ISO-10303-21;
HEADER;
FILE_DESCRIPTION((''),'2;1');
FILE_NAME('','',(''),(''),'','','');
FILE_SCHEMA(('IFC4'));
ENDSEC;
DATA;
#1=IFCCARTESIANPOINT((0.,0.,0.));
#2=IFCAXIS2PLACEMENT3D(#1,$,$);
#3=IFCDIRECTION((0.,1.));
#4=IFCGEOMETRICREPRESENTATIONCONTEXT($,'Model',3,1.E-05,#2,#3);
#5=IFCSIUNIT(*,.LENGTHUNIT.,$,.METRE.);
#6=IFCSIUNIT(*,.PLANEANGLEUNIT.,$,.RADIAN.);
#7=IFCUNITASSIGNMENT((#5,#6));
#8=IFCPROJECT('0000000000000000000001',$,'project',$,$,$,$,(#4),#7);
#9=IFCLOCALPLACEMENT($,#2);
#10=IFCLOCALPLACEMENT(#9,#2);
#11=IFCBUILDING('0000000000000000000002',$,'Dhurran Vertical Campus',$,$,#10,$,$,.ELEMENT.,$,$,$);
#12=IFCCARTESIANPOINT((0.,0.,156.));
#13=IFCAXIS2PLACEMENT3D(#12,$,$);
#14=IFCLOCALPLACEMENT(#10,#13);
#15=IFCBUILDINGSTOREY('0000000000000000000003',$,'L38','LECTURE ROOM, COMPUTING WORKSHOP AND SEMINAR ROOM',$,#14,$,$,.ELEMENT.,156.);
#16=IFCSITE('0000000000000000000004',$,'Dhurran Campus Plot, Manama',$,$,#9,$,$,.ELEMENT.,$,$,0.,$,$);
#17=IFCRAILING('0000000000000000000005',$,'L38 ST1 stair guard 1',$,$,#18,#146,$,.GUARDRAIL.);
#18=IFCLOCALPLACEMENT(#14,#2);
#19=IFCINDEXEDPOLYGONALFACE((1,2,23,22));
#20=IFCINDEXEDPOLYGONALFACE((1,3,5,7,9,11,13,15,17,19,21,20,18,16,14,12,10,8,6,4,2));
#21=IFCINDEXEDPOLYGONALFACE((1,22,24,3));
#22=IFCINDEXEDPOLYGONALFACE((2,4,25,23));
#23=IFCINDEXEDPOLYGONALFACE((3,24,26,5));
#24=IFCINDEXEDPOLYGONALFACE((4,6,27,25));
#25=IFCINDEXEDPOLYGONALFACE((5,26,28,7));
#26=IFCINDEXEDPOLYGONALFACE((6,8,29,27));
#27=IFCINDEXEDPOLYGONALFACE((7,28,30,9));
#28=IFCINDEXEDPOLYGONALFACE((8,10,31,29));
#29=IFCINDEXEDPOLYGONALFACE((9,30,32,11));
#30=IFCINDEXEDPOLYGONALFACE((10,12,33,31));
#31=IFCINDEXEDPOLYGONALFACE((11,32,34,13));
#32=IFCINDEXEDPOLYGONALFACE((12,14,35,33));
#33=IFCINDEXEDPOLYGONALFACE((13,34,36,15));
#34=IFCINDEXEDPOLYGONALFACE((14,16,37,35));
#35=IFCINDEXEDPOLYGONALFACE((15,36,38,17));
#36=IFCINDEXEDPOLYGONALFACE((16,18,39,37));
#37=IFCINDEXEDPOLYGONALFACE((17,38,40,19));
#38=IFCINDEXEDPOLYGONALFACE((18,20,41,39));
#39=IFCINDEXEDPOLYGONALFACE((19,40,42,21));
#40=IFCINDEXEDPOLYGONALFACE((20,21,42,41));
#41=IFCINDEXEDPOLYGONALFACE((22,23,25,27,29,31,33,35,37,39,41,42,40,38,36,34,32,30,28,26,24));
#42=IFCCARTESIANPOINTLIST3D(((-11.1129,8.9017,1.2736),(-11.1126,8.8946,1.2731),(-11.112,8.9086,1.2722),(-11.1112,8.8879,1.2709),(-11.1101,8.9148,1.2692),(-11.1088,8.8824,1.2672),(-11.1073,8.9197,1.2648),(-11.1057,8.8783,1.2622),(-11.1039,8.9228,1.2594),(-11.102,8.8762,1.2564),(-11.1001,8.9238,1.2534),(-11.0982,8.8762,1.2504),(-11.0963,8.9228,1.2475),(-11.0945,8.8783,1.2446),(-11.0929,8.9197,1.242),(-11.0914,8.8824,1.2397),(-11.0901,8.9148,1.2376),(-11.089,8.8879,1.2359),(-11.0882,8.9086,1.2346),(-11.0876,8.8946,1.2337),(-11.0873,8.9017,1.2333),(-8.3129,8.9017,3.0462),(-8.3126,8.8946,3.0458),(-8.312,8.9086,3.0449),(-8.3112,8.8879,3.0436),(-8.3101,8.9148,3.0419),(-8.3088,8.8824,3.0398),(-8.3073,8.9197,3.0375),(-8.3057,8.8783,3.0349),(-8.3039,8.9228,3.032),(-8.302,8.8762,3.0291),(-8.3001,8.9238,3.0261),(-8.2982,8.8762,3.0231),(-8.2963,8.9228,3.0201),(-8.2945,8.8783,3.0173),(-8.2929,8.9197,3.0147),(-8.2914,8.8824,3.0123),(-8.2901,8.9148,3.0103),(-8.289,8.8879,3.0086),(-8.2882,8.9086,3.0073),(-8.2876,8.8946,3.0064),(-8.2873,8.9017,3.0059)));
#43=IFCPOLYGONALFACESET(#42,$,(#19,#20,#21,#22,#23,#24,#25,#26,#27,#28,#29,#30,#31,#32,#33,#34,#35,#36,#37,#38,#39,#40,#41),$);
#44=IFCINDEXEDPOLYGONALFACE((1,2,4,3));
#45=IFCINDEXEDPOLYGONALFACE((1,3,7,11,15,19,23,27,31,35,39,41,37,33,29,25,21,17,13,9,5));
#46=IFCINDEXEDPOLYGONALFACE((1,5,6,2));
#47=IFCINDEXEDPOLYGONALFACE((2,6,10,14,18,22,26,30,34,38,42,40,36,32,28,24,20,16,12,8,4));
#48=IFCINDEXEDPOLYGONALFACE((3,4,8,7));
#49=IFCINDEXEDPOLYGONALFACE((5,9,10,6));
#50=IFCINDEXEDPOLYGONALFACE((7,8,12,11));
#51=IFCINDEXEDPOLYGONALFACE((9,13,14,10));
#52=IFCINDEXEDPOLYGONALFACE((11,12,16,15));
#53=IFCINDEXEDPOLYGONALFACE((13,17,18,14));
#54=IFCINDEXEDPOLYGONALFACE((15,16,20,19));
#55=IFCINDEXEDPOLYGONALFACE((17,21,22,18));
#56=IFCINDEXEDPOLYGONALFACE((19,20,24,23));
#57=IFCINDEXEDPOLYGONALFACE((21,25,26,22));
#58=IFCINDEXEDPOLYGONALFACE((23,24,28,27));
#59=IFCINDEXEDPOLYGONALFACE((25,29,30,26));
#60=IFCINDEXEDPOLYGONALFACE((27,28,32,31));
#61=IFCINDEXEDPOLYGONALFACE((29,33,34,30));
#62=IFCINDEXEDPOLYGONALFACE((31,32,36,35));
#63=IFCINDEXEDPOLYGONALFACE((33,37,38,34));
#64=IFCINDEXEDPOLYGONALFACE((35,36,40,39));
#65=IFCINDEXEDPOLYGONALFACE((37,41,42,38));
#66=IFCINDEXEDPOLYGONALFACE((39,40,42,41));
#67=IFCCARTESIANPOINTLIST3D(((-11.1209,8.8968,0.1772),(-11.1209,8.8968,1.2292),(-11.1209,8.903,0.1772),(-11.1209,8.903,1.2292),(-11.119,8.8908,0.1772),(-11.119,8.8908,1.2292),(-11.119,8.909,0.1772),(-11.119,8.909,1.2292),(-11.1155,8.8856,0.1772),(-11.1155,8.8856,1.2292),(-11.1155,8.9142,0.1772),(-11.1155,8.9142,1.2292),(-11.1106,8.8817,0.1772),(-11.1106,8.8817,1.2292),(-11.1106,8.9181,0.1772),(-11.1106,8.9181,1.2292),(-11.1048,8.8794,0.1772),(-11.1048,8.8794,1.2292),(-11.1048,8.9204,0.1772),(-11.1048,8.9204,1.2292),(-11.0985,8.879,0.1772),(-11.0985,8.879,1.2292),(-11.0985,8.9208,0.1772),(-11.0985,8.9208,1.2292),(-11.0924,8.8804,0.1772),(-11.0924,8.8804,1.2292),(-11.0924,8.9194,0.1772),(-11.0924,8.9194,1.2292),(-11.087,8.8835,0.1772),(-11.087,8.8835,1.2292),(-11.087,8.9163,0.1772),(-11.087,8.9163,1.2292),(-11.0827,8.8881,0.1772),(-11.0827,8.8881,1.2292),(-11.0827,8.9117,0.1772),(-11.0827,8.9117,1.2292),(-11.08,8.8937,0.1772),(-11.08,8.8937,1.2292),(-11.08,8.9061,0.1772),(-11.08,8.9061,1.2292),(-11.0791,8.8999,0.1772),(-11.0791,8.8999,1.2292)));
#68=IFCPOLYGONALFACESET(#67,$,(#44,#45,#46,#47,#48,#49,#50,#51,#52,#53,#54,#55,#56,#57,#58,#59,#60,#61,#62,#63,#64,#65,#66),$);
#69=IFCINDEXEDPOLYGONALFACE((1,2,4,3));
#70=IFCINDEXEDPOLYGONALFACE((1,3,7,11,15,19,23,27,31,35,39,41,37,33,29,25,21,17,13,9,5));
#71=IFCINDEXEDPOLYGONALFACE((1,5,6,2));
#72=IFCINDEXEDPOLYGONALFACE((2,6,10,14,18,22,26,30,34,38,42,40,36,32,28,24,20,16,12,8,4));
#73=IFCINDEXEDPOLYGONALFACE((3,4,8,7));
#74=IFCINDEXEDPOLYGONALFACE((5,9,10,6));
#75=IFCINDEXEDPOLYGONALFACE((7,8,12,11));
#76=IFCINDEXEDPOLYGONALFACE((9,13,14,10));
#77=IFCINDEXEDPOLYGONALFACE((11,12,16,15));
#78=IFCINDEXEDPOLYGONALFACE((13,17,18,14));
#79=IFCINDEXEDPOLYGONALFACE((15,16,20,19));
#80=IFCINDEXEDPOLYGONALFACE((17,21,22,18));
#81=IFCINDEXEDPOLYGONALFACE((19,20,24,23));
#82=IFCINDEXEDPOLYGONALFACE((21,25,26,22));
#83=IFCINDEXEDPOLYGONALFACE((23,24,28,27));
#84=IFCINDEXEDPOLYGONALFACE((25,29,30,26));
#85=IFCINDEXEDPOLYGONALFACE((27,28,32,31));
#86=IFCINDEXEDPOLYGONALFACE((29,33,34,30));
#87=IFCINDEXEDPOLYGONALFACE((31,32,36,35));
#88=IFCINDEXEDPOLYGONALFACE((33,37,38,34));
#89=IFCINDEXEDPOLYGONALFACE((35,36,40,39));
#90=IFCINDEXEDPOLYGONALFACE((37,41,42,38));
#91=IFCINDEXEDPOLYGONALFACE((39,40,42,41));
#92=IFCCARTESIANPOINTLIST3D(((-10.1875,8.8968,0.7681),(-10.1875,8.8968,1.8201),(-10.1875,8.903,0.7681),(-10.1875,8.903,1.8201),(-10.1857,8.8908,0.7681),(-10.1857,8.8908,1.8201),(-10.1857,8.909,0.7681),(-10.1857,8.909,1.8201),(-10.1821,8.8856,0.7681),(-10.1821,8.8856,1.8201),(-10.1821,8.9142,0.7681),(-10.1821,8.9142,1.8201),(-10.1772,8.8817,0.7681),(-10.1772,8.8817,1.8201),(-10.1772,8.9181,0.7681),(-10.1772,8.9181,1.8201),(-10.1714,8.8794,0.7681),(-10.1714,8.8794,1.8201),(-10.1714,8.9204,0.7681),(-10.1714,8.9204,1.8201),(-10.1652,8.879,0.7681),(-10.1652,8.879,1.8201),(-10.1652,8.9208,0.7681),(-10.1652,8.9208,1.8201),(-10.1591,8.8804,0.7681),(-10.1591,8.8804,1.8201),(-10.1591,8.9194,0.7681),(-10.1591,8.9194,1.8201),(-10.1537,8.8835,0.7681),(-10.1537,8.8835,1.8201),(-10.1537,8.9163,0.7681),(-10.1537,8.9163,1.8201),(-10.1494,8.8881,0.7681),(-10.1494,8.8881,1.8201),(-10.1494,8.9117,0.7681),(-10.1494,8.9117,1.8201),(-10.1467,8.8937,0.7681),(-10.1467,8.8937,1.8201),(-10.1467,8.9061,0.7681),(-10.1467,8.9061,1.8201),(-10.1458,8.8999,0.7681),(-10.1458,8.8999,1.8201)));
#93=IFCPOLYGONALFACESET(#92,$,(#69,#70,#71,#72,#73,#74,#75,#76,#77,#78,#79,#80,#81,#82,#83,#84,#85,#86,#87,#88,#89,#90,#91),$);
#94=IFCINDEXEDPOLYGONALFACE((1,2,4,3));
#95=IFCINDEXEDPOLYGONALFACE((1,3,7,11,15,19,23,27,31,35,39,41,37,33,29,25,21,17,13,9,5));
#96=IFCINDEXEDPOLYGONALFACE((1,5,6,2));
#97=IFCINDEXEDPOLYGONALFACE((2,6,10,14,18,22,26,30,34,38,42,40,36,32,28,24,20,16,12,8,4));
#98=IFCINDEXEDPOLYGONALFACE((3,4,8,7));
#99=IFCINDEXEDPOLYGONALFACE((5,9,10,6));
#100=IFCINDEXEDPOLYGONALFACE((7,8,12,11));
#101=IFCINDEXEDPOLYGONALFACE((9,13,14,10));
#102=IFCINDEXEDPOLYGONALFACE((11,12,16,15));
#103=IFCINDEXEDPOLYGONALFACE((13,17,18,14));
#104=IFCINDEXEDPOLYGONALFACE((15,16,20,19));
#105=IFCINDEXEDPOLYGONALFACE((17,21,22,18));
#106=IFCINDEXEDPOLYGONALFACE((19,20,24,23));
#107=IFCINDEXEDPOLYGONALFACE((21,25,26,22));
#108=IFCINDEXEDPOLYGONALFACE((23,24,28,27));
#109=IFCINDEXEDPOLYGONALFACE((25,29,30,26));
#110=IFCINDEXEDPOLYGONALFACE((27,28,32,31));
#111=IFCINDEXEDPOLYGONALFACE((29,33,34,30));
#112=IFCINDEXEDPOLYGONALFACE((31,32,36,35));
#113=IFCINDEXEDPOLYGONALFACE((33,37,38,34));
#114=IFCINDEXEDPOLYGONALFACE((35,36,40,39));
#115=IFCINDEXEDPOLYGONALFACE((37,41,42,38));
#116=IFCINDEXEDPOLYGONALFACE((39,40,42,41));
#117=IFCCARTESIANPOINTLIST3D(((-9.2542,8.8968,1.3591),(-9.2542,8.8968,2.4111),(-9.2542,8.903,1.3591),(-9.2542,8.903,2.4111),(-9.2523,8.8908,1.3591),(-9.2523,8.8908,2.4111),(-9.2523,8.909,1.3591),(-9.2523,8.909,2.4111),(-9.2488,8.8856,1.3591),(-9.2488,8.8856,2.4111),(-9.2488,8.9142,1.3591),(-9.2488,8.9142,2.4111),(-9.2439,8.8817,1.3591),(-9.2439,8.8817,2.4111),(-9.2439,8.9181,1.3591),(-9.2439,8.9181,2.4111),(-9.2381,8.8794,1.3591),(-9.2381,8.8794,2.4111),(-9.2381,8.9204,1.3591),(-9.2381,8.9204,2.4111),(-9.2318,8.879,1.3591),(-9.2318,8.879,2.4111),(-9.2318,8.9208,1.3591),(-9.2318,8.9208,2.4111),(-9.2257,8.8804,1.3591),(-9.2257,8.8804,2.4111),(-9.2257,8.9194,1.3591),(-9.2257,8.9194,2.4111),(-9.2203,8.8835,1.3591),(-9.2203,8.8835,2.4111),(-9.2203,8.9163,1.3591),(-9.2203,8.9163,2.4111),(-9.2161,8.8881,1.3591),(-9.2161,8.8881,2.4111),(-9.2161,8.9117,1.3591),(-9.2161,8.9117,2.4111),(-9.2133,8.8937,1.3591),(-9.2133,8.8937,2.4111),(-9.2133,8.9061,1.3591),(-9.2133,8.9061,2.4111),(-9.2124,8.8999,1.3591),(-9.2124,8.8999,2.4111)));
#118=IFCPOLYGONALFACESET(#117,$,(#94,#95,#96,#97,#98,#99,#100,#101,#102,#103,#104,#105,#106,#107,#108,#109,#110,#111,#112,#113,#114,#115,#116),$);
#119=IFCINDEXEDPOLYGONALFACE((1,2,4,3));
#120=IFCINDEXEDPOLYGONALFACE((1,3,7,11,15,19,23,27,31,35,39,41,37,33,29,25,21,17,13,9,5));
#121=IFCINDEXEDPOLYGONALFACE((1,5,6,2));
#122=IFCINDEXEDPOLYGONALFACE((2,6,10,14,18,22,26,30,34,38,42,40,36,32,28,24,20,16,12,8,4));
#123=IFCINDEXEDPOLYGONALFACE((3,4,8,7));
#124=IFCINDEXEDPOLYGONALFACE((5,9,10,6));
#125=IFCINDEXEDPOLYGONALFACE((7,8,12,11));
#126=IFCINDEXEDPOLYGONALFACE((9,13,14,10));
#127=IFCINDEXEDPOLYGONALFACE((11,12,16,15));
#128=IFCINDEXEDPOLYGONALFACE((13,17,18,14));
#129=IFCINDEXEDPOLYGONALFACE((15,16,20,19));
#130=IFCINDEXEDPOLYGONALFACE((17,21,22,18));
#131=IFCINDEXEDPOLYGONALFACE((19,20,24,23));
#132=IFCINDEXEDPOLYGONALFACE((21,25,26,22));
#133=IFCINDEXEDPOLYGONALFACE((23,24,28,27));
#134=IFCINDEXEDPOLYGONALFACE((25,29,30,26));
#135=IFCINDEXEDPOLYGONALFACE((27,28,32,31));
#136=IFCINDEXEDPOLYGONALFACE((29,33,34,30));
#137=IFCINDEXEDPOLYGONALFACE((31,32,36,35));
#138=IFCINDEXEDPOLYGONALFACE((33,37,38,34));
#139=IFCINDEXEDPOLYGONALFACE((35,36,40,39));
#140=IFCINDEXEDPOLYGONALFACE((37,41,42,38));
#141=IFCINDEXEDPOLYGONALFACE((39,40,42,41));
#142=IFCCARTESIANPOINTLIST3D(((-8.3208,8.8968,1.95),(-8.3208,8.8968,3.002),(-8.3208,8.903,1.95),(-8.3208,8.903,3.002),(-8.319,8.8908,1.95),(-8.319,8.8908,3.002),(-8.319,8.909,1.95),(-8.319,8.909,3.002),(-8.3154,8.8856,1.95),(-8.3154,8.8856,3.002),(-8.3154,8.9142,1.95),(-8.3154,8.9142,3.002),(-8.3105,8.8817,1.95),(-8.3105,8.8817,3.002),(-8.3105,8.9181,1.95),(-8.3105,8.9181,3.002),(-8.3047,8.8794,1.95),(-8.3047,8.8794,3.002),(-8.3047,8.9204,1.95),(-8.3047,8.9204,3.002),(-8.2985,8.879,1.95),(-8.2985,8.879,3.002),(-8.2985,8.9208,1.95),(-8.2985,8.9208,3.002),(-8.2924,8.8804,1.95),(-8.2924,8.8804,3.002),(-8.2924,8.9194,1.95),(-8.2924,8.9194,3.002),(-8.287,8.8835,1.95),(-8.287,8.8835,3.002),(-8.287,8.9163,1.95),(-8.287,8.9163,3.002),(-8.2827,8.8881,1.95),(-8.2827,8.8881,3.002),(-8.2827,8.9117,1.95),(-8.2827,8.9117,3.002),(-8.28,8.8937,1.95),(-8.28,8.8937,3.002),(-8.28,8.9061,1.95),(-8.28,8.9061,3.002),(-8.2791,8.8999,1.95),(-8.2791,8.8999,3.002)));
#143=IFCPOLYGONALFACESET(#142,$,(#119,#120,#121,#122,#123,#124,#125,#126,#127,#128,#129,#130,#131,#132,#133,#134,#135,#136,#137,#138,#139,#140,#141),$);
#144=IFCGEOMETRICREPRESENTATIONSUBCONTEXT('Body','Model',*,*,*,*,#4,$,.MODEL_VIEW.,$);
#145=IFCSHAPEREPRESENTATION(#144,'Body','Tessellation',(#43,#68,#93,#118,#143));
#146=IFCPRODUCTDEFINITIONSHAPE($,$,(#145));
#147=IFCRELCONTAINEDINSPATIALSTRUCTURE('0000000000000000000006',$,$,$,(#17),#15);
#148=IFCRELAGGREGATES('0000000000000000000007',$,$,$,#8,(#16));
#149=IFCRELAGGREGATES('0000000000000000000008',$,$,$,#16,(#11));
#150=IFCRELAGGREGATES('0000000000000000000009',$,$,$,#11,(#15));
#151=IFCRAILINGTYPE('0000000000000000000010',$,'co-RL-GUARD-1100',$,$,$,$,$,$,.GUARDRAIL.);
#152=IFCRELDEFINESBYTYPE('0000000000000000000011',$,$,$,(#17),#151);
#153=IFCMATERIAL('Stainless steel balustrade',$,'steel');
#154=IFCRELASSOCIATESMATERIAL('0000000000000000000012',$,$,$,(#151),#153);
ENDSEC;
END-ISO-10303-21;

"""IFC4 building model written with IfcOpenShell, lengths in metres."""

from ifc_helpers import new_model, si_unit, direction, frame, origin, origin_2d, place, context, subcontext, project, spatial, circle, extrude, material, type_object, element, save


model = new_model("IFC4")

# Units and contexts
model_context = context("Model", 3, precision=1e-05, world=origin(), true_north=direction((0.0, 1.0)))
body_context = subcontext(model_context, "Body", "Model", "MODEL_VIEW")
ifc_project = project(units=[si_unit("LENGTHUNIT", "METRE"), si_unit("PLANEANGLEUNIT", "RADIAN")], contexts=[model_context])

# Site, building, storey
site_placement = place(None, origin())
site = spatial("IfcSite", under=ifc_project, at=site_placement, Name="Dhurran Campus Plot, Manama", CompositionType="ELEMENT", RefElevation=0.0)
building_placement = place(site_placement, origin())
building = spatial("IfcBuilding", under=site, at=building_placement, Name="Dhurran Vertical Campus", CompositionType="ELEMENT")
storey_placement = place(building_placement, frame((0.0, 0.0, 156.0)))
storey = spatial("IfcBuildingStorey", under=building, at=storey_placement, Name="L38", Description="LECTURE ROOM, COMPUTING WORKSHOP AND SEMINAR ROOM", CompositionType="ELEMENT", Elevation=156.0)

# Railing
ifc_material_1 = material(Name="Stainless steel balustrade", Category="steel")
railing_type_1 = type_object("IfcRailingType", Name="co-RL-GUARD-1100", PredefinedType="GUARDRAIL", material=ifc_material_1)
railing_1_placement = place(storey_placement, frame((-11.1001, 8.8999, 0.1772)))
element("IfcRailing", 1, at=railing_1_placement, inside=storey, type_object=railing_type_1, Name="L38 ST1 stair guard 1", PredefinedType="GUARDRAIL", context=body_context, shape_type="SweptSolid", body=[
    extrude(circle(Radius=0.0239, at=origin_2d()), frame((0.0, 0.0, 1.0762), z_axis=(0.844909, 0.0, 0.53491), x_axis=(0.0, 1.0, 0.0)), (0.0, 0.0, 1.0), 3.314),
    extrude(circle(Radius=0.021, at=origin_2d()), origin(), (0.0, 0.0, 1.0), 1.052),
    extrude(circle(Radius=0.021, at=origin_2d()), frame((0.9333, 0.0, 0.5908)), (0.0, 0.0, 1.0), 1.052),
    extrude(circle(Radius=0.021, at=origin_2d()), frame((1.8667, 0.0, 1.1819)), (0.0, 0.0, 1.0), 1.052),
    extrude(circle(Radius=0.021, at=origin_2d()), frame((2.8, 0.0, 1.7727)), (0.0, 0.0, 1.0), 1.052),
])

save(model, "model.ifc")
